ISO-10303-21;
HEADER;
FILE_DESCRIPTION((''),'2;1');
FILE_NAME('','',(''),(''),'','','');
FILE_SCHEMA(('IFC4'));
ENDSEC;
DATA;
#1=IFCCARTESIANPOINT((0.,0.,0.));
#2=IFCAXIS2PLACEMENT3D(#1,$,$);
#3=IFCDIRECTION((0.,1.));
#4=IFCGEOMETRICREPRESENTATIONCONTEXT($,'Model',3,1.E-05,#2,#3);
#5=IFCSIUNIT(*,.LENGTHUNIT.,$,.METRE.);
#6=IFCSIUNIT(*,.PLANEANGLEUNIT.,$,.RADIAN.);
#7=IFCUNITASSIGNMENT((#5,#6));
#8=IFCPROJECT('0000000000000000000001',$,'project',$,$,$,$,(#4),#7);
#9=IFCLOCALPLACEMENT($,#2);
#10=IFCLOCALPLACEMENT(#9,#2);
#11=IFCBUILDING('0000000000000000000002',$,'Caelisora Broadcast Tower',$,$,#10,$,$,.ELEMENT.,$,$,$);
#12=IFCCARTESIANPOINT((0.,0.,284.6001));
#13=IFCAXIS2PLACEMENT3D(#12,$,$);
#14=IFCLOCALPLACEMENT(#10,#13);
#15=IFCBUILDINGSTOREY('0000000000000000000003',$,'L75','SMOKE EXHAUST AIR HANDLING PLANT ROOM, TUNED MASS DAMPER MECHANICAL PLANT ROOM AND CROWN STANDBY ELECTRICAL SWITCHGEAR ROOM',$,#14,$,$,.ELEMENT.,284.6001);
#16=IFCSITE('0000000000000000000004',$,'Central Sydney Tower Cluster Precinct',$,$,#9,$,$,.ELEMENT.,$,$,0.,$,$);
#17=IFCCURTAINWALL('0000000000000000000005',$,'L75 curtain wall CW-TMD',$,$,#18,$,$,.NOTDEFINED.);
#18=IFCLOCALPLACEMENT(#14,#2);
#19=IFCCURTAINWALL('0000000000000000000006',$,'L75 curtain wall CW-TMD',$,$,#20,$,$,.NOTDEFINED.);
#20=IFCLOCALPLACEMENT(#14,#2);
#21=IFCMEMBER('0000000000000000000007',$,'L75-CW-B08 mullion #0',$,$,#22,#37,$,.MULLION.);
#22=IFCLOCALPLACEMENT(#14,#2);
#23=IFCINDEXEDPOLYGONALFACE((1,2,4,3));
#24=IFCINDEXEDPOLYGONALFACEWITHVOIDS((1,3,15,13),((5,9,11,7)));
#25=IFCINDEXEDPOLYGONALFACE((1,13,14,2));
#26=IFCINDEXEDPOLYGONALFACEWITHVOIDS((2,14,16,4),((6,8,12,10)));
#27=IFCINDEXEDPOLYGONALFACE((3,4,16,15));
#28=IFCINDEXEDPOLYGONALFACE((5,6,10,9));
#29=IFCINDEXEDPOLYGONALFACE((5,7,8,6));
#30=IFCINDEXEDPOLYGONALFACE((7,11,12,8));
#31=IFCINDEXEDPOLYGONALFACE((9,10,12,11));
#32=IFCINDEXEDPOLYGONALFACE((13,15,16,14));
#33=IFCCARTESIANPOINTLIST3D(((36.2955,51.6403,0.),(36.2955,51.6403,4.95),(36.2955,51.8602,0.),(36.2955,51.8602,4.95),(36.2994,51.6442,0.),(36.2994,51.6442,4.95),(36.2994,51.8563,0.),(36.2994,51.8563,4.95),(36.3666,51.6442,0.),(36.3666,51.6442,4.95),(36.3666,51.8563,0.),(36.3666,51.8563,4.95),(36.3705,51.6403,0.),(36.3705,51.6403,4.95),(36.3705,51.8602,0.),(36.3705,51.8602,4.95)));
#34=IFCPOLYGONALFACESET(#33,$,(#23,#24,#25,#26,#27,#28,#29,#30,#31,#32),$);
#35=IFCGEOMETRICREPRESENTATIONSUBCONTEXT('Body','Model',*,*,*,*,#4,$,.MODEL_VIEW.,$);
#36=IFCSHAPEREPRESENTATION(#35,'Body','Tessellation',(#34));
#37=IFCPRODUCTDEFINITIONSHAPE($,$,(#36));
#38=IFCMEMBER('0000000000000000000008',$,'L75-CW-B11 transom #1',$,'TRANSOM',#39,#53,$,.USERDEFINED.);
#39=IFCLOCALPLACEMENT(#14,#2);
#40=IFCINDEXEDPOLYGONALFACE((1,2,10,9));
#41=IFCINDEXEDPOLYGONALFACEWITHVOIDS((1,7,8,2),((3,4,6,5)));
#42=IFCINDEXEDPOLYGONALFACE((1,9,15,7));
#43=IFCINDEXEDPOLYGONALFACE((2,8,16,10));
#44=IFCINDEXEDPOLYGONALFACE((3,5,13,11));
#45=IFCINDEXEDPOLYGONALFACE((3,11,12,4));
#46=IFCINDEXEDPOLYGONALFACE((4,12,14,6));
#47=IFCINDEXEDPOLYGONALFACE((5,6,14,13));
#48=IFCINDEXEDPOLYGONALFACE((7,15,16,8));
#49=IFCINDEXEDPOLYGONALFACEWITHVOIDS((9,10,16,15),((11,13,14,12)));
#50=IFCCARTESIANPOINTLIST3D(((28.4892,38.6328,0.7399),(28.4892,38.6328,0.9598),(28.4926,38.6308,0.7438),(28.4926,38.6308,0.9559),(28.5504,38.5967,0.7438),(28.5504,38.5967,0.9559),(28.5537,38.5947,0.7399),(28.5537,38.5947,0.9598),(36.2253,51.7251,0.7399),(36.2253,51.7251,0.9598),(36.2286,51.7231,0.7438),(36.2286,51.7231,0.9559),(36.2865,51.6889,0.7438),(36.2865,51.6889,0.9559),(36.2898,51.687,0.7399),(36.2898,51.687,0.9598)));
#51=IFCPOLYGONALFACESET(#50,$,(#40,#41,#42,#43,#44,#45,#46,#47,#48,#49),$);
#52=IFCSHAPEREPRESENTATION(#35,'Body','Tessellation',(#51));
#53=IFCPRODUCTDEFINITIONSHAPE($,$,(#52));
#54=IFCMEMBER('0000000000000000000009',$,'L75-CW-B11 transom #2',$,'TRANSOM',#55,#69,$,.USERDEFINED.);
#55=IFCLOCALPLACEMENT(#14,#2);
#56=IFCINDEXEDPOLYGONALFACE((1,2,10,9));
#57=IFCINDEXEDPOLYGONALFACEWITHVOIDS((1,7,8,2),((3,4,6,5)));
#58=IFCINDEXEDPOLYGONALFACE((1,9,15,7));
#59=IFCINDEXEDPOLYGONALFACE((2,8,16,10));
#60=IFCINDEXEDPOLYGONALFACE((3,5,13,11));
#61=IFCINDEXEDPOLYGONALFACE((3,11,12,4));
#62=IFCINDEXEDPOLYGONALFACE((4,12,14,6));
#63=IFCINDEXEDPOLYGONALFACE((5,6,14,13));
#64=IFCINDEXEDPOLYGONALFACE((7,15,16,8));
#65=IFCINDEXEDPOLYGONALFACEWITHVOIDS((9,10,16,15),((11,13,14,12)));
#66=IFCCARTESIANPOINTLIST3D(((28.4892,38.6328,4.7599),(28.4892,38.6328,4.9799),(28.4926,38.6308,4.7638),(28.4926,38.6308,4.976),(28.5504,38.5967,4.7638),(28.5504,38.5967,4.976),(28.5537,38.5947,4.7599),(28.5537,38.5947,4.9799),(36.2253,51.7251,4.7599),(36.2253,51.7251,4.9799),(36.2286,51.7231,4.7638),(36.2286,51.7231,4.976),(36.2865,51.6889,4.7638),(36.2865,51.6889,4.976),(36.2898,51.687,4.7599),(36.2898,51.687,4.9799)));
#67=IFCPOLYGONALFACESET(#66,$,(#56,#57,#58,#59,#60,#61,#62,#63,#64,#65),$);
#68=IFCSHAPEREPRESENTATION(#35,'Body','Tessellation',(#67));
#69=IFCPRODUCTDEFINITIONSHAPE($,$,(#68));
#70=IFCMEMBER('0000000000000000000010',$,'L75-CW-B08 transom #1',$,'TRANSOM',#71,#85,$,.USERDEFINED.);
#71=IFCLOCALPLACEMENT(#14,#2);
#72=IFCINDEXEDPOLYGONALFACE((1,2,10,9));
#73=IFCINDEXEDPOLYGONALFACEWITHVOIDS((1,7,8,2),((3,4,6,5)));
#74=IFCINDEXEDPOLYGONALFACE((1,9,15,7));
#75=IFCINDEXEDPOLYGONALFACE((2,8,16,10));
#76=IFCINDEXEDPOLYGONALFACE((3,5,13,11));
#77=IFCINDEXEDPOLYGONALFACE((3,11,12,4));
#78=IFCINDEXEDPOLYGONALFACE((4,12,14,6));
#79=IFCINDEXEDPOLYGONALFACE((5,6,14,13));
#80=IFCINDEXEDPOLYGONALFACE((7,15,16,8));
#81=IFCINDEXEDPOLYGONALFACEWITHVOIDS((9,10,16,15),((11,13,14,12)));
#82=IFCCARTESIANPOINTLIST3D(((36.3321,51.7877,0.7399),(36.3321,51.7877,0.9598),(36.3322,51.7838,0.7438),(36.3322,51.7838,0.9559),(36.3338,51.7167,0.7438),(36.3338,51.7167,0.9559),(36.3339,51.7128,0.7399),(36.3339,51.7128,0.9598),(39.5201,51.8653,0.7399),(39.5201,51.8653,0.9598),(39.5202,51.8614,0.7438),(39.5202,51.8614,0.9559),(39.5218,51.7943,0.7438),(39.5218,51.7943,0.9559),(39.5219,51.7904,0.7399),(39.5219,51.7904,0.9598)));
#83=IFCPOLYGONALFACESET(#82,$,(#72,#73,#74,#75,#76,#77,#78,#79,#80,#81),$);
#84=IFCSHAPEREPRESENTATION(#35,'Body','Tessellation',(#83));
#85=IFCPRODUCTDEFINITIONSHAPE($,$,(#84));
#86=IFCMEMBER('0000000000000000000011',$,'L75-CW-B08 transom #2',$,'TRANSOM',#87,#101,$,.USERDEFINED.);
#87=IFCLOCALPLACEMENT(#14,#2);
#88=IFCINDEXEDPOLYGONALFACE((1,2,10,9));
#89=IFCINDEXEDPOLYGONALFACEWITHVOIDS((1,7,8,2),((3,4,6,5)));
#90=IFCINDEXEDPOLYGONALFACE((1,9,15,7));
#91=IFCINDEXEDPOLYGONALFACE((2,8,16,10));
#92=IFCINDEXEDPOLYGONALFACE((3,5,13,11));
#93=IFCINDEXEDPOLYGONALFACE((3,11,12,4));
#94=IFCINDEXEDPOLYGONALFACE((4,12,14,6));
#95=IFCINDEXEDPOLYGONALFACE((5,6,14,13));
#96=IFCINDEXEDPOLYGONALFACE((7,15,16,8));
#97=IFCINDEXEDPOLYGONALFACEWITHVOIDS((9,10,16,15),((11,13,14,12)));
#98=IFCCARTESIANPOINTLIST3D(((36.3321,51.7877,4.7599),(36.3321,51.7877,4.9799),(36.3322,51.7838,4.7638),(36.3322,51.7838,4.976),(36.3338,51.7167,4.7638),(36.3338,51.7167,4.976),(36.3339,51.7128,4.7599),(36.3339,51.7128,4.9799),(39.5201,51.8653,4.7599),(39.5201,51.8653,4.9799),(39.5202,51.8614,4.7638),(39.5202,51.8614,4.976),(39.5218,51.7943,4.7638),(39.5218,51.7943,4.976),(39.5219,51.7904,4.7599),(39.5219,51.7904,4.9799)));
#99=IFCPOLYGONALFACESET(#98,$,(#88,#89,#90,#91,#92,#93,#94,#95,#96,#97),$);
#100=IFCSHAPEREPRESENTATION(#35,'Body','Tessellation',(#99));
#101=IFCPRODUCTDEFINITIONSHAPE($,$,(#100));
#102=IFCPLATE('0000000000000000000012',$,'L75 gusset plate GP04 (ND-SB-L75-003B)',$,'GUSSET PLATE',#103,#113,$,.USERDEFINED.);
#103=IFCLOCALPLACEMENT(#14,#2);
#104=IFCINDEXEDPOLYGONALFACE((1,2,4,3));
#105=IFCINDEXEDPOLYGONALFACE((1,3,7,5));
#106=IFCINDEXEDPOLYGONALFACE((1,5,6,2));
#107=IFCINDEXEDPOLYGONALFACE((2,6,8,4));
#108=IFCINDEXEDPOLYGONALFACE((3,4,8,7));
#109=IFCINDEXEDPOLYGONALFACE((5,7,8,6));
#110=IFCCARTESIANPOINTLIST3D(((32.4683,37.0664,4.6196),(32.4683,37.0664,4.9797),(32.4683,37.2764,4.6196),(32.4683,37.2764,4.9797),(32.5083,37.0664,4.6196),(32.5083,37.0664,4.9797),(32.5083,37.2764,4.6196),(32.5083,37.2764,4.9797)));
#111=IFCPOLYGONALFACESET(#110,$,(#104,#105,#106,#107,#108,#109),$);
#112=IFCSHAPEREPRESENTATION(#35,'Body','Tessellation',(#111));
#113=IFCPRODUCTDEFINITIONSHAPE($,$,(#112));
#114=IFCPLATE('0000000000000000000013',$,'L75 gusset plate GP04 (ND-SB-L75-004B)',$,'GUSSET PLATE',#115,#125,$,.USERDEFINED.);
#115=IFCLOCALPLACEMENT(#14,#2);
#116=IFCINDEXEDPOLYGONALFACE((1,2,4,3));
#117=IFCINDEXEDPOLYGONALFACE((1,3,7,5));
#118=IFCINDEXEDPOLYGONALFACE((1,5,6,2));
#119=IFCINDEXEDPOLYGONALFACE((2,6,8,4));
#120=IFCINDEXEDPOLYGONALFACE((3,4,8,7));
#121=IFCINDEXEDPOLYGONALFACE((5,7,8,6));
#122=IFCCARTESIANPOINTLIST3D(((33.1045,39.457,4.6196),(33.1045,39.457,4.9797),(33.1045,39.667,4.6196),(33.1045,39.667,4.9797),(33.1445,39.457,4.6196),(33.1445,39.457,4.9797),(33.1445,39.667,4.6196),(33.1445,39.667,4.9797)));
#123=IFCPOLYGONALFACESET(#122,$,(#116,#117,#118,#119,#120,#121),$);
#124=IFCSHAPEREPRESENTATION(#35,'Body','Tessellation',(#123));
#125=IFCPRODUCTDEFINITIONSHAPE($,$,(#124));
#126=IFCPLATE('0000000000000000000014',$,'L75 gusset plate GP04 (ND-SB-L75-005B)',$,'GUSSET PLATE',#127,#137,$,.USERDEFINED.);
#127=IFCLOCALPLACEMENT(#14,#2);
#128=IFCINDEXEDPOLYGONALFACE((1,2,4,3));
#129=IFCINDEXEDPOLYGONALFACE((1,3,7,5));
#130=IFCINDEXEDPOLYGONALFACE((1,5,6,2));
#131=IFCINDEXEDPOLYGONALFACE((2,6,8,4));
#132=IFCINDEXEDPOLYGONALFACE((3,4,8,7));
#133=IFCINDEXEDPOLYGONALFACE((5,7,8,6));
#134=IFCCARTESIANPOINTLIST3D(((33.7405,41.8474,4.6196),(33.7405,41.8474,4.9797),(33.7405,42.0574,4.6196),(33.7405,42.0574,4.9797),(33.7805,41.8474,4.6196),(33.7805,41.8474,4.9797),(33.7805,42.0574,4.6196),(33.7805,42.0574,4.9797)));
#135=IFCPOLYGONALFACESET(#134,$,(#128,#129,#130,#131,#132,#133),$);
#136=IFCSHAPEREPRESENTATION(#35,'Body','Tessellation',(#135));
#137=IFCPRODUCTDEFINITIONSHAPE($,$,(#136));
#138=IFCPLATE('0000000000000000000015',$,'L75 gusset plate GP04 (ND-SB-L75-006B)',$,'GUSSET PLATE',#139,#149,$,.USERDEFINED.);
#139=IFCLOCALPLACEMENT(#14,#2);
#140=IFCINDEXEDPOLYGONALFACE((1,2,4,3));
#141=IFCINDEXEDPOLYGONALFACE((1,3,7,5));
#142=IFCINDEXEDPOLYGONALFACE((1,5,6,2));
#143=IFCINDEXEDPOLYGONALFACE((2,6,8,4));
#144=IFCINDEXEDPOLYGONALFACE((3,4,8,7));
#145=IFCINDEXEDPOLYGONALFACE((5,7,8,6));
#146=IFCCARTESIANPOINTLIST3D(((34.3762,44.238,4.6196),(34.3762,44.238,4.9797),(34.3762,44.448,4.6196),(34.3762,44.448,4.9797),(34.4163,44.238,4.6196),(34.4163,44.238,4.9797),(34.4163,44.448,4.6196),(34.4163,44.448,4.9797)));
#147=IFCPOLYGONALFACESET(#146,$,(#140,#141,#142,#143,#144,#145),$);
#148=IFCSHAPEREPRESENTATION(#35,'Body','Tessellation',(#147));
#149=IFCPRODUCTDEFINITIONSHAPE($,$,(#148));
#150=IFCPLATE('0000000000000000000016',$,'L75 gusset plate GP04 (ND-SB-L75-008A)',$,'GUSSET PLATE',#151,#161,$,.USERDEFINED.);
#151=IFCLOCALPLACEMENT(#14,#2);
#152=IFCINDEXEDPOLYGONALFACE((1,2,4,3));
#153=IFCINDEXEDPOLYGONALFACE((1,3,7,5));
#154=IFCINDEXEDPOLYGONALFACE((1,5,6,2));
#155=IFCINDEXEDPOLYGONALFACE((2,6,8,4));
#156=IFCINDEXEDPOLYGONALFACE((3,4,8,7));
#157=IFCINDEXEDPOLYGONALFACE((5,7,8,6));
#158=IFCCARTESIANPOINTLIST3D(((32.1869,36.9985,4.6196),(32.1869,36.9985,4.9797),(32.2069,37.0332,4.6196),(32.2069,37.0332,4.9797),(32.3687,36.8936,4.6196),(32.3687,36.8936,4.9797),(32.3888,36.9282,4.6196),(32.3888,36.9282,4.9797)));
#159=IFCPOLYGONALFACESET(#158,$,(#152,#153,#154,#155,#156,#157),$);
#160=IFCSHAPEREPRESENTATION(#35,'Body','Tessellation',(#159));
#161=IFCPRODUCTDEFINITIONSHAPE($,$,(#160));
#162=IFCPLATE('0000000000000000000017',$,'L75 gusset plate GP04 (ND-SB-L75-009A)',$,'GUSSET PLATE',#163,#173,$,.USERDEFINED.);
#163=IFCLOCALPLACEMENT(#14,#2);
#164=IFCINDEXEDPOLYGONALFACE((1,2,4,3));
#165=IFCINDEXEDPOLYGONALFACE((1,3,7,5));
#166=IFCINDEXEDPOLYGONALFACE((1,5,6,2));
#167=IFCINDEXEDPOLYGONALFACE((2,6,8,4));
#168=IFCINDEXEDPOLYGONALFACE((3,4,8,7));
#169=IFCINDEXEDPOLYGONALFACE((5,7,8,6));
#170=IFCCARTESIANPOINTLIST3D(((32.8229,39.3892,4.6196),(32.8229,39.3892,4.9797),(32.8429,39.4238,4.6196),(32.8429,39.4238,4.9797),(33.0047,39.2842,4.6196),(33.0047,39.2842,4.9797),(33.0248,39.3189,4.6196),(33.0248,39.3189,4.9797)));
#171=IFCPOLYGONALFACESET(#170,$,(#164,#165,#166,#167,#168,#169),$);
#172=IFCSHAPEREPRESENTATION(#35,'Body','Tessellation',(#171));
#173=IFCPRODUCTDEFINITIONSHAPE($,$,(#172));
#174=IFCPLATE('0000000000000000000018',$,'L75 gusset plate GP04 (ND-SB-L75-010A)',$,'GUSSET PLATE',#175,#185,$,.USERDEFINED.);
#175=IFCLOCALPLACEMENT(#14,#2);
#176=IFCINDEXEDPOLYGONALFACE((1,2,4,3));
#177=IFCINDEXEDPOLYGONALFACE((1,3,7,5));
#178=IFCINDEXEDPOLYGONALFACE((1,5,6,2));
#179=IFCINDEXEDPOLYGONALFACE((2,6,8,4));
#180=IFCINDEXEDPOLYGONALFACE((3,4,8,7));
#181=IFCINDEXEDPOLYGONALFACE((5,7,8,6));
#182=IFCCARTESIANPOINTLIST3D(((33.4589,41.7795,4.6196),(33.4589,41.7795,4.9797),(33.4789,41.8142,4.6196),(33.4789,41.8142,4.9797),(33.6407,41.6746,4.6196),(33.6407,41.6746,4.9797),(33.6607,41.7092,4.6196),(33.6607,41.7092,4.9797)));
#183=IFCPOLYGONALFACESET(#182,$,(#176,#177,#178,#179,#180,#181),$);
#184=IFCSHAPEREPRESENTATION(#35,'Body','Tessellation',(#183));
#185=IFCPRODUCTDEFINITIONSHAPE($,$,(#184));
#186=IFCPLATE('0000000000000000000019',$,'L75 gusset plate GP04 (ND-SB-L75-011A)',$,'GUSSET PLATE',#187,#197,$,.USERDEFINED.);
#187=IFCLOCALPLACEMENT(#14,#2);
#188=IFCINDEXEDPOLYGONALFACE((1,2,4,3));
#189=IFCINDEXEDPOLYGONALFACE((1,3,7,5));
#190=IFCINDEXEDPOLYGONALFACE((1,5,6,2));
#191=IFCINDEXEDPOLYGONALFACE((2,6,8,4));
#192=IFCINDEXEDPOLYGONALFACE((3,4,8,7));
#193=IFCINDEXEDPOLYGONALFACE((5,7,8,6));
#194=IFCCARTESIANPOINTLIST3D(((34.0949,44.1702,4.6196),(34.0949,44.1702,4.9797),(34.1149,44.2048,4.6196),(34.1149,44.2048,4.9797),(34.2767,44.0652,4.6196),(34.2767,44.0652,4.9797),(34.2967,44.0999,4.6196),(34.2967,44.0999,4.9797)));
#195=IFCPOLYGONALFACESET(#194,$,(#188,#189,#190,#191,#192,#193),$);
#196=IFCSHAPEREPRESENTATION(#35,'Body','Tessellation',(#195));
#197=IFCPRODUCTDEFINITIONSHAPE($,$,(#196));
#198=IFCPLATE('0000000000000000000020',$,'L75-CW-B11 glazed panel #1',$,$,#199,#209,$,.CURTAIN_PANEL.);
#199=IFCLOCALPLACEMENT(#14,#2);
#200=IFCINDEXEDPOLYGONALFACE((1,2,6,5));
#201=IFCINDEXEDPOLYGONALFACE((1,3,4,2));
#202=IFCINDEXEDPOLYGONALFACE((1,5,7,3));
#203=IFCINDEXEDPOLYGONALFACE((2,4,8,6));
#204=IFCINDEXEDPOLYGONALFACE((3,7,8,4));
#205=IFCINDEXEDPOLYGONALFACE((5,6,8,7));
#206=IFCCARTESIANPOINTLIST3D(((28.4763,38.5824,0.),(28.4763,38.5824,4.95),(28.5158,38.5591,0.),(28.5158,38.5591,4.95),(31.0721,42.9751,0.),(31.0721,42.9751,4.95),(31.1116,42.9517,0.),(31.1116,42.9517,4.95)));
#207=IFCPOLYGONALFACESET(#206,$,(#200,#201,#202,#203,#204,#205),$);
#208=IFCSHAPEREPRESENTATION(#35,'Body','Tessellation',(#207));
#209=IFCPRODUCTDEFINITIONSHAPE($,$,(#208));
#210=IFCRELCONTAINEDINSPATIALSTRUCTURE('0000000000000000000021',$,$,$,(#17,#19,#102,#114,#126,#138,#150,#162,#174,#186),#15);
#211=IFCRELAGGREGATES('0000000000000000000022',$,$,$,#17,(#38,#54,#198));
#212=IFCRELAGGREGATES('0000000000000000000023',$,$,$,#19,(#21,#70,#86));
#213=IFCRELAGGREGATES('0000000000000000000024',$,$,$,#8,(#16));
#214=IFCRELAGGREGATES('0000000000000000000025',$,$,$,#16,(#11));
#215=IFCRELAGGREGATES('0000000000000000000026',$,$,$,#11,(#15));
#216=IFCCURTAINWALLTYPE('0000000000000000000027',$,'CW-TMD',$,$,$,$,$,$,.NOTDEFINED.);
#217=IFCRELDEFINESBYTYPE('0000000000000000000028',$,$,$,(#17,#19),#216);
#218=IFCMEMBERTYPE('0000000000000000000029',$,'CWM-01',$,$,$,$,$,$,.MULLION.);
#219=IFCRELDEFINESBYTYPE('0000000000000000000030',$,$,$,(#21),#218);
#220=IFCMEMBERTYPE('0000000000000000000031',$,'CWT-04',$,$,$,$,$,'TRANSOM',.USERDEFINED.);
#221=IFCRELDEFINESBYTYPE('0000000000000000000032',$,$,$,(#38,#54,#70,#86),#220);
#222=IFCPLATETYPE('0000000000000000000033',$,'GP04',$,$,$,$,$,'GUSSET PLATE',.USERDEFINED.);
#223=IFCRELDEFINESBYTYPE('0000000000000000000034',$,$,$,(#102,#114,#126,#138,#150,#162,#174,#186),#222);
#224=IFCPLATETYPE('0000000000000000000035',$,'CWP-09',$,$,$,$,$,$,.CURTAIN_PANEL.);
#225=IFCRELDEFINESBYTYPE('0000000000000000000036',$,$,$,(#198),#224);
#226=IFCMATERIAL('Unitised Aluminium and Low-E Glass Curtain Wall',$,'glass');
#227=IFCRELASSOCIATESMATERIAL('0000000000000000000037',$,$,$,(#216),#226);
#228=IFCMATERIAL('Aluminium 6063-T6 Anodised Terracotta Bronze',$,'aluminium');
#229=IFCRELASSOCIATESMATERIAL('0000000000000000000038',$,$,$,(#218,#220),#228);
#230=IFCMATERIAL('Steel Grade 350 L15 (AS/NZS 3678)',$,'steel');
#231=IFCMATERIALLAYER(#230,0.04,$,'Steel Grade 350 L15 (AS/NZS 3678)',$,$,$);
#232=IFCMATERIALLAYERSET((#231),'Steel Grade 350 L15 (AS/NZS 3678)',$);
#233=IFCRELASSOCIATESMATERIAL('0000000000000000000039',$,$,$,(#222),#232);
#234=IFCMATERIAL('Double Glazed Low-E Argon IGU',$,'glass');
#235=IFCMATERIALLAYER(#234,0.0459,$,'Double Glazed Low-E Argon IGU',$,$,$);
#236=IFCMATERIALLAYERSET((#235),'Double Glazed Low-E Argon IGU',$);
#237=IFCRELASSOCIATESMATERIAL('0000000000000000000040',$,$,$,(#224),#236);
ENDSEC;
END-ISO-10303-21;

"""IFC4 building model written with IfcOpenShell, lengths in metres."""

from ifc_helpers import new_model, si_unit, direction, frame, origin, origin_2d, place, context, subcontext, project, spatial, rectangle, hollow_rectangle, extrude, source, transform, mapped, material, layer, layer_set, material_profile, profile_set, type_object, type_shapes, element, aggregate, save


model = new_model("IFC4")

# Units and contexts
model_context = context("Model", 3, precision=1e-05, world=origin(), true_north=direction((0.0, 1.0)))
body_context = subcontext(model_context, "Body", "Model", "MODEL_VIEW")
ifc_project = project(units=[si_unit("LENGTHUNIT", "METRE"), si_unit("PLANEANGLEUNIT", "RADIAN")], contexts=[model_context])

# Site, building, storey
site_placement = place(None, origin())
site = spatial("IfcSite", under=ifc_project, at=site_placement, Name="Central Sydney Tower Cluster Precinct", CompositionType="ELEMENT", RefElevation=0.0)
building_placement = place(site_placement, origin())
building = spatial("IfcBuilding", under=site, at=building_placement, Name="Caelisora Broadcast Tower", CompositionType="ELEMENT")
storey_placement = place(building_placement, frame((0.0, 0.0, 284.6001)))
storey = spatial("IfcBuildingStorey", under=building, at=storey_placement, Name="L75", Description="SMOKE EXHAUST AIR HANDLING PLANT ROOM, TUNED MASS DAMPER MECHANICAL PLANT ROOM AND CROWN STANDBY ELECTRICAL SWITCHGEAR ROOM", CompositionType="ELEMENT", Elevation=284.6001)

# Shared definitions
ifc_material_1 = material(Name="Steel Grade 350 L15 (AS/NZS 3678)", Category="steel")

# Shared definitions
ifc_material_2 = material(Name="Unitised Aluminium and Low-E Glass Curtain Wall", Category="glass")
curtain_wall_type = type_object("IfcCurtainWallType", Name="CW-TMD", PredefinedType="NOTDEFINED", material=ifc_material_2)
ifc_material_3 = material(Name="Aluminium 6063-T6 Anodised Terracotta Bronze", Category="aluminium")
ifc_material_profile_1 = material_profile(ifc_material_3, hollow_rectangle(XDim=0.075, YDim=0.22, WallThickness=0.0039, at=origin_2d()), Name="Aluminium 6063-T6 Anodised Terracotta Bronze")
ifc_profile_set_1 = profile_set([ifc_material_profile_1], Name="Aluminium 6063-T6 Anodised Terracotta Bronze")
member_type_1 = type_object("IfcMemberType", Name="CWM-01", PredefinedType="MULLION", material=ifc_profile_set_1)
shared_shape_1 = source(origin(), body_context, "Body", "SweptSolid", [
    extrude(hollow_rectangle(XDim=0.075, YDim=0.22, WallThickness=0.0039, at=origin_2d()), origin(), (0.0, 0.0, 1.0), 4.95),
])
type_shapes(member_type_1, [shared_shape_1])

# Curtain wall
curtain_wall_1_placement = place(storey_placement, origin())
curtain_wall_1 = element("IfcCurtainWall", 1, at=curtain_wall_1_placement, inside=storey, type_object=curtain_wall_type, Name="L75 curtain wall CW-TMD", PredefinedType="NOTDEFINED")

# Curtain wall, member
curtain_wall_2_placement = place(storey_placement, origin())
curtain_wall_2 = element("IfcCurtainWall", 2, at=curtain_wall_2_placement, inside=storey, type_object=curtain_wall_type, Name="L75 curtain wall CW-TMD", PredefinedType="NOTDEFINED")
member_1_placement = place(storey_placement, frame((36.333, 51.7502, 0.0), z_axis=(0.0, 0.0, 1.0), x_axis=(1.0, 0.0, 0.0)))
member_1 = element("IfcMember", 3, at=member_1_placement, type_object=member_type_1, Name="L75-CW-B08 mullion #0", PredefinedType="MULLION", context=body_context, shape_type="MappedRepresentation", body=[
    mapped(shared_shape_1, transform((0.0, 0.0, 0.0), scale=1.0)),
])

# Members
ifc_material_profile_2 = material_profile(ifc_material_3, hollow_rectangle(XDim=0.075, YDim=0.22, WallThickness=0.0039, at=origin_2d()), Name="Aluminium 6063-T6 Anodised Terracotta Bronze")
ifc_profile_set_2 = profile_set([ifc_material_profile_2], Name="Aluminium 6063-T6 Anodised Terracotta Bronze")
member_type_2 = type_object("IfcMemberType", Name="CWT-04", ElementType="TRANSOM", PredefinedType="USERDEFINED", material=ifc_profile_set_2)
shared_shape_2 = source(origin(), body_context, "Body", "SweptSolid", [
    extrude(hollow_rectangle(XDim=0.075, YDim=0.22, WallThickness=0.0039, at=origin_2d()), origin(), (0.0, 0.0, 1.0), 15.207),
])
member_2_placement = place(storey_placement, frame((28.5215, 38.6138, 0.8499), z_axis=(0.508716, 0.860934, 0.0), x_axis=(-0.860934, 0.508716, 0.0)))
member_2 = element("IfcMember", 4, at=member_2_placement, type_object=member_type_2, Name="L75-CW-B11 transom #1", ObjectType="TRANSOM", PredefinedType="USERDEFINED", context=body_context, shape_type="MappedRepresentation", body=[
    mapped(shared_shape_2, transform((0.0, 0.0, 0.0), scale=1.0)),
])
member_3_placement = place(storey_placement, frame((28.5215, 38.6138, 4.8699), z_axis=(0.508716, 0.860934, 0.0), x_axis=(-0.860934, 0.508716, 0.0)))
member_3 = element("IfcMember", 5, at=member_3_placement, type_object=member_type_2, Name="L75-CW-B11 transom #2", ObjectType="TRANSOM", PredefinedType="USERDEFINED", context=body_context, shape_type="MappedRepresentation", body=[
    mapped(shared_shape_2, transform((0.0, 0.0, 0.0), scale=1.0)),
])
shared_shape_3 = source(origin(), body_context, "Body", "SweptSolid", [
    extrude(hollow_rectangle(XDim=0.075, YDim=0.22, WallThickness=0.0039, at=origin_2d()), origin(), (0.0, 0.0, 1.0), 3.189),
])
type_shapes(member_type_2, [shared_shape_2, shared_shape_3])
member_4_placement = place(storey_placement, frame((36.333, 51.7502, 0.8499), z_axis=(0.999704, 0.024346, 0.0), x_axis=(-0.024346, 0.999704, 0.0)))
member_4 = element("IfcMember", 6, at=member_4_placement, type_object=member_type_2, Name="L75-CW-B08 transom #1", ObjectType="TRANSOM", PredefinedType="USERDEFINED", context=body_context, shape_type="MappedRepresentation", body=[
    mapped(shared_shape_3, transform((0.0, 0.0, 0.0), scale=1.0)),
])
member_5_placement = place(storey_placement, frame((36.333, 51.7502, 4.8699), z_axis=(0.999704, 0.024346, 0.0), x_axis=(-0.024346, 0.999704, 0.0)))
member_5 = element("IfcMember", 7, at=member_5_placement, type_object=member_type_2, Name="L75-CW-B08 transom #2", ObjectType="TRANSOM", PredefinedType="USERDEFINED", context=body_context, shape_type="MappedRepresentation", body=[
    mapped(shared_shape_3, transform((0.0, 0.0, 0.0), scale=1.0)),
])

# Plates
ifc_layer_1 = layer(ifc_material_1, 0.04, Name="Steel Grade 350 L15 (AS/NZS 3678)")
ifc_layer_set_1 = layer_set([ifc_layer_1], Name="Steel Grade 350 L15 (AS/NZS 3678)")
plate_type_1 = type_object("IfcPlateType", Name="GP04", ElementType="GUSSET PLATE", PredefinedType="USERDEFINED", material=ifc_layer_set_1)
shared_shape_4 = source(origin(), body_context, "Body", "SweptSolid", [
    extrude(rectangle(XDim=0.21, YDim=0.04, at=origin_2d()), origin(), (0.0, 0.0, 1.0), 0.3601),
])
type_shapes(plate_type_1, [shared_shape_4])
for number, where, z_axis, x_axis, name in (
    (8, (32.4883, 37.1714, 4.6196), (0.0, 0.0, 1.0), (0.0, -1.0, 0.0), "L75 gusset plate GP04 (ND-SB-L75-003B)"),
    (9, (33.1245, 39.562, 4.6196), (0.0, 0.0, 1.0), (0.0, -1.0, 0.0), "L75 gusset plate GP04 (ND-SB-L75-004B)"),
    (10, (33.7605, 41.9524, 4.6196), (0.0, 0.0, 1.0), (0.0, -1.0, 0.0), "L75 gusset plate GP04 (ND-SB-L75-005B)"),
    (11, (34.3962, 44.343, 4.6196), (0.0, 0.0, 1.0), (0.0, -1.0, 0.0), "L75 gusset plate GP04 (ND-SB-L75-006B)"),
    (12, (32.2878, 36.9634, 4.6196), (0.0, 0.0, 1.0), (0.866025, -0.5, 0.0), "L75 gusset plate GP04 (ND-SB-L75-008A)"),
    (13, (32.9238, 39.354, 4.6196), (0.0, 0.0, 1.0), (0.866025, -0.5, 0.0), "L75 gusset plate GP04 (ND-SB-L75-009A)"),
    (14, (33.5598, 41.7444, 4.6196), (0.0, 0.0, 1.0), (0.866025, -0.5, 0.0), "L75 gusset plate GP04 (ND-SB-L75-010A)"),
    (15, (34.1958, 44.135, 4.6196), (0.0, 0.0, 1.0), (0.866025, -0.5, 0.0), "L75 gusset plate GP04 (ND-SB-L75-011A)"),
):
    element("IfcPlate", number, at=place(storey_placement, frame(where, z_axis=z_axis, x_axis=x_axis)), inside=storey, type_object=plate_type_1, Name=name, ObjectType="GUSSET PLATE", PredefinedType="USERDEFINED", context=body_context, shape_type="MappedRepresentation", body=[
        mapped(shared_shape_4, transform((0.0, 0.0, 0.0), scale=1.0)),
    ])

# Plate
ifc_material_4 = material(Name="Double Glazed Low-E Argon IGU", Category="glass")
ifc_layer_2 = layer(ifc_material_4, 0.0459, Name="Double Glazed Low-E Argon IGU")
ifc_layer_set_2 = layer_set([ifc_layer_2], Name="Double Glazed Low-E Argon IGU")
plate_type_2 = type_object("IfcPlateType", Name="CWP-09", PredefinedType="CURTAIN_PANEL", material=ifc_layer_set_2)
shared_shape_5 = source(origin(), body_context, "Body", "SweptSolid", [
    extrude(rectangle(XDim=5.1023, YDim=0.0459, at=origin_2d()), origin(), (0.0, 0.0, 1.0), 4.95),
])
plate_1_placement = place(storey_placement, frame((29.7939, 40.7671, 0.0), z_axis=(0.0, 0.0, 1.0), x_axis=(0.508741, 0.86092, 0.0)))
plate_1 = element("IfcPlate", 16, at=plate_1_placement, type_object=plate_type_2, Name="L75-CW-B11 glazed panel #1", PredefinedType="CURTAIN_PANEL", context=body_context, shape_type="MappedRepresentation", body=[
    mapped(shared_shape_5, transform((0.0, 0.0, 0.0), scale=1.0)),
])
aggregate(curtain_wall_1, [member_2, member_3, plate_1])
aggregate(curtain_wall_2, [member_1, member_4, member_5])

save(model, "model.ifc")
